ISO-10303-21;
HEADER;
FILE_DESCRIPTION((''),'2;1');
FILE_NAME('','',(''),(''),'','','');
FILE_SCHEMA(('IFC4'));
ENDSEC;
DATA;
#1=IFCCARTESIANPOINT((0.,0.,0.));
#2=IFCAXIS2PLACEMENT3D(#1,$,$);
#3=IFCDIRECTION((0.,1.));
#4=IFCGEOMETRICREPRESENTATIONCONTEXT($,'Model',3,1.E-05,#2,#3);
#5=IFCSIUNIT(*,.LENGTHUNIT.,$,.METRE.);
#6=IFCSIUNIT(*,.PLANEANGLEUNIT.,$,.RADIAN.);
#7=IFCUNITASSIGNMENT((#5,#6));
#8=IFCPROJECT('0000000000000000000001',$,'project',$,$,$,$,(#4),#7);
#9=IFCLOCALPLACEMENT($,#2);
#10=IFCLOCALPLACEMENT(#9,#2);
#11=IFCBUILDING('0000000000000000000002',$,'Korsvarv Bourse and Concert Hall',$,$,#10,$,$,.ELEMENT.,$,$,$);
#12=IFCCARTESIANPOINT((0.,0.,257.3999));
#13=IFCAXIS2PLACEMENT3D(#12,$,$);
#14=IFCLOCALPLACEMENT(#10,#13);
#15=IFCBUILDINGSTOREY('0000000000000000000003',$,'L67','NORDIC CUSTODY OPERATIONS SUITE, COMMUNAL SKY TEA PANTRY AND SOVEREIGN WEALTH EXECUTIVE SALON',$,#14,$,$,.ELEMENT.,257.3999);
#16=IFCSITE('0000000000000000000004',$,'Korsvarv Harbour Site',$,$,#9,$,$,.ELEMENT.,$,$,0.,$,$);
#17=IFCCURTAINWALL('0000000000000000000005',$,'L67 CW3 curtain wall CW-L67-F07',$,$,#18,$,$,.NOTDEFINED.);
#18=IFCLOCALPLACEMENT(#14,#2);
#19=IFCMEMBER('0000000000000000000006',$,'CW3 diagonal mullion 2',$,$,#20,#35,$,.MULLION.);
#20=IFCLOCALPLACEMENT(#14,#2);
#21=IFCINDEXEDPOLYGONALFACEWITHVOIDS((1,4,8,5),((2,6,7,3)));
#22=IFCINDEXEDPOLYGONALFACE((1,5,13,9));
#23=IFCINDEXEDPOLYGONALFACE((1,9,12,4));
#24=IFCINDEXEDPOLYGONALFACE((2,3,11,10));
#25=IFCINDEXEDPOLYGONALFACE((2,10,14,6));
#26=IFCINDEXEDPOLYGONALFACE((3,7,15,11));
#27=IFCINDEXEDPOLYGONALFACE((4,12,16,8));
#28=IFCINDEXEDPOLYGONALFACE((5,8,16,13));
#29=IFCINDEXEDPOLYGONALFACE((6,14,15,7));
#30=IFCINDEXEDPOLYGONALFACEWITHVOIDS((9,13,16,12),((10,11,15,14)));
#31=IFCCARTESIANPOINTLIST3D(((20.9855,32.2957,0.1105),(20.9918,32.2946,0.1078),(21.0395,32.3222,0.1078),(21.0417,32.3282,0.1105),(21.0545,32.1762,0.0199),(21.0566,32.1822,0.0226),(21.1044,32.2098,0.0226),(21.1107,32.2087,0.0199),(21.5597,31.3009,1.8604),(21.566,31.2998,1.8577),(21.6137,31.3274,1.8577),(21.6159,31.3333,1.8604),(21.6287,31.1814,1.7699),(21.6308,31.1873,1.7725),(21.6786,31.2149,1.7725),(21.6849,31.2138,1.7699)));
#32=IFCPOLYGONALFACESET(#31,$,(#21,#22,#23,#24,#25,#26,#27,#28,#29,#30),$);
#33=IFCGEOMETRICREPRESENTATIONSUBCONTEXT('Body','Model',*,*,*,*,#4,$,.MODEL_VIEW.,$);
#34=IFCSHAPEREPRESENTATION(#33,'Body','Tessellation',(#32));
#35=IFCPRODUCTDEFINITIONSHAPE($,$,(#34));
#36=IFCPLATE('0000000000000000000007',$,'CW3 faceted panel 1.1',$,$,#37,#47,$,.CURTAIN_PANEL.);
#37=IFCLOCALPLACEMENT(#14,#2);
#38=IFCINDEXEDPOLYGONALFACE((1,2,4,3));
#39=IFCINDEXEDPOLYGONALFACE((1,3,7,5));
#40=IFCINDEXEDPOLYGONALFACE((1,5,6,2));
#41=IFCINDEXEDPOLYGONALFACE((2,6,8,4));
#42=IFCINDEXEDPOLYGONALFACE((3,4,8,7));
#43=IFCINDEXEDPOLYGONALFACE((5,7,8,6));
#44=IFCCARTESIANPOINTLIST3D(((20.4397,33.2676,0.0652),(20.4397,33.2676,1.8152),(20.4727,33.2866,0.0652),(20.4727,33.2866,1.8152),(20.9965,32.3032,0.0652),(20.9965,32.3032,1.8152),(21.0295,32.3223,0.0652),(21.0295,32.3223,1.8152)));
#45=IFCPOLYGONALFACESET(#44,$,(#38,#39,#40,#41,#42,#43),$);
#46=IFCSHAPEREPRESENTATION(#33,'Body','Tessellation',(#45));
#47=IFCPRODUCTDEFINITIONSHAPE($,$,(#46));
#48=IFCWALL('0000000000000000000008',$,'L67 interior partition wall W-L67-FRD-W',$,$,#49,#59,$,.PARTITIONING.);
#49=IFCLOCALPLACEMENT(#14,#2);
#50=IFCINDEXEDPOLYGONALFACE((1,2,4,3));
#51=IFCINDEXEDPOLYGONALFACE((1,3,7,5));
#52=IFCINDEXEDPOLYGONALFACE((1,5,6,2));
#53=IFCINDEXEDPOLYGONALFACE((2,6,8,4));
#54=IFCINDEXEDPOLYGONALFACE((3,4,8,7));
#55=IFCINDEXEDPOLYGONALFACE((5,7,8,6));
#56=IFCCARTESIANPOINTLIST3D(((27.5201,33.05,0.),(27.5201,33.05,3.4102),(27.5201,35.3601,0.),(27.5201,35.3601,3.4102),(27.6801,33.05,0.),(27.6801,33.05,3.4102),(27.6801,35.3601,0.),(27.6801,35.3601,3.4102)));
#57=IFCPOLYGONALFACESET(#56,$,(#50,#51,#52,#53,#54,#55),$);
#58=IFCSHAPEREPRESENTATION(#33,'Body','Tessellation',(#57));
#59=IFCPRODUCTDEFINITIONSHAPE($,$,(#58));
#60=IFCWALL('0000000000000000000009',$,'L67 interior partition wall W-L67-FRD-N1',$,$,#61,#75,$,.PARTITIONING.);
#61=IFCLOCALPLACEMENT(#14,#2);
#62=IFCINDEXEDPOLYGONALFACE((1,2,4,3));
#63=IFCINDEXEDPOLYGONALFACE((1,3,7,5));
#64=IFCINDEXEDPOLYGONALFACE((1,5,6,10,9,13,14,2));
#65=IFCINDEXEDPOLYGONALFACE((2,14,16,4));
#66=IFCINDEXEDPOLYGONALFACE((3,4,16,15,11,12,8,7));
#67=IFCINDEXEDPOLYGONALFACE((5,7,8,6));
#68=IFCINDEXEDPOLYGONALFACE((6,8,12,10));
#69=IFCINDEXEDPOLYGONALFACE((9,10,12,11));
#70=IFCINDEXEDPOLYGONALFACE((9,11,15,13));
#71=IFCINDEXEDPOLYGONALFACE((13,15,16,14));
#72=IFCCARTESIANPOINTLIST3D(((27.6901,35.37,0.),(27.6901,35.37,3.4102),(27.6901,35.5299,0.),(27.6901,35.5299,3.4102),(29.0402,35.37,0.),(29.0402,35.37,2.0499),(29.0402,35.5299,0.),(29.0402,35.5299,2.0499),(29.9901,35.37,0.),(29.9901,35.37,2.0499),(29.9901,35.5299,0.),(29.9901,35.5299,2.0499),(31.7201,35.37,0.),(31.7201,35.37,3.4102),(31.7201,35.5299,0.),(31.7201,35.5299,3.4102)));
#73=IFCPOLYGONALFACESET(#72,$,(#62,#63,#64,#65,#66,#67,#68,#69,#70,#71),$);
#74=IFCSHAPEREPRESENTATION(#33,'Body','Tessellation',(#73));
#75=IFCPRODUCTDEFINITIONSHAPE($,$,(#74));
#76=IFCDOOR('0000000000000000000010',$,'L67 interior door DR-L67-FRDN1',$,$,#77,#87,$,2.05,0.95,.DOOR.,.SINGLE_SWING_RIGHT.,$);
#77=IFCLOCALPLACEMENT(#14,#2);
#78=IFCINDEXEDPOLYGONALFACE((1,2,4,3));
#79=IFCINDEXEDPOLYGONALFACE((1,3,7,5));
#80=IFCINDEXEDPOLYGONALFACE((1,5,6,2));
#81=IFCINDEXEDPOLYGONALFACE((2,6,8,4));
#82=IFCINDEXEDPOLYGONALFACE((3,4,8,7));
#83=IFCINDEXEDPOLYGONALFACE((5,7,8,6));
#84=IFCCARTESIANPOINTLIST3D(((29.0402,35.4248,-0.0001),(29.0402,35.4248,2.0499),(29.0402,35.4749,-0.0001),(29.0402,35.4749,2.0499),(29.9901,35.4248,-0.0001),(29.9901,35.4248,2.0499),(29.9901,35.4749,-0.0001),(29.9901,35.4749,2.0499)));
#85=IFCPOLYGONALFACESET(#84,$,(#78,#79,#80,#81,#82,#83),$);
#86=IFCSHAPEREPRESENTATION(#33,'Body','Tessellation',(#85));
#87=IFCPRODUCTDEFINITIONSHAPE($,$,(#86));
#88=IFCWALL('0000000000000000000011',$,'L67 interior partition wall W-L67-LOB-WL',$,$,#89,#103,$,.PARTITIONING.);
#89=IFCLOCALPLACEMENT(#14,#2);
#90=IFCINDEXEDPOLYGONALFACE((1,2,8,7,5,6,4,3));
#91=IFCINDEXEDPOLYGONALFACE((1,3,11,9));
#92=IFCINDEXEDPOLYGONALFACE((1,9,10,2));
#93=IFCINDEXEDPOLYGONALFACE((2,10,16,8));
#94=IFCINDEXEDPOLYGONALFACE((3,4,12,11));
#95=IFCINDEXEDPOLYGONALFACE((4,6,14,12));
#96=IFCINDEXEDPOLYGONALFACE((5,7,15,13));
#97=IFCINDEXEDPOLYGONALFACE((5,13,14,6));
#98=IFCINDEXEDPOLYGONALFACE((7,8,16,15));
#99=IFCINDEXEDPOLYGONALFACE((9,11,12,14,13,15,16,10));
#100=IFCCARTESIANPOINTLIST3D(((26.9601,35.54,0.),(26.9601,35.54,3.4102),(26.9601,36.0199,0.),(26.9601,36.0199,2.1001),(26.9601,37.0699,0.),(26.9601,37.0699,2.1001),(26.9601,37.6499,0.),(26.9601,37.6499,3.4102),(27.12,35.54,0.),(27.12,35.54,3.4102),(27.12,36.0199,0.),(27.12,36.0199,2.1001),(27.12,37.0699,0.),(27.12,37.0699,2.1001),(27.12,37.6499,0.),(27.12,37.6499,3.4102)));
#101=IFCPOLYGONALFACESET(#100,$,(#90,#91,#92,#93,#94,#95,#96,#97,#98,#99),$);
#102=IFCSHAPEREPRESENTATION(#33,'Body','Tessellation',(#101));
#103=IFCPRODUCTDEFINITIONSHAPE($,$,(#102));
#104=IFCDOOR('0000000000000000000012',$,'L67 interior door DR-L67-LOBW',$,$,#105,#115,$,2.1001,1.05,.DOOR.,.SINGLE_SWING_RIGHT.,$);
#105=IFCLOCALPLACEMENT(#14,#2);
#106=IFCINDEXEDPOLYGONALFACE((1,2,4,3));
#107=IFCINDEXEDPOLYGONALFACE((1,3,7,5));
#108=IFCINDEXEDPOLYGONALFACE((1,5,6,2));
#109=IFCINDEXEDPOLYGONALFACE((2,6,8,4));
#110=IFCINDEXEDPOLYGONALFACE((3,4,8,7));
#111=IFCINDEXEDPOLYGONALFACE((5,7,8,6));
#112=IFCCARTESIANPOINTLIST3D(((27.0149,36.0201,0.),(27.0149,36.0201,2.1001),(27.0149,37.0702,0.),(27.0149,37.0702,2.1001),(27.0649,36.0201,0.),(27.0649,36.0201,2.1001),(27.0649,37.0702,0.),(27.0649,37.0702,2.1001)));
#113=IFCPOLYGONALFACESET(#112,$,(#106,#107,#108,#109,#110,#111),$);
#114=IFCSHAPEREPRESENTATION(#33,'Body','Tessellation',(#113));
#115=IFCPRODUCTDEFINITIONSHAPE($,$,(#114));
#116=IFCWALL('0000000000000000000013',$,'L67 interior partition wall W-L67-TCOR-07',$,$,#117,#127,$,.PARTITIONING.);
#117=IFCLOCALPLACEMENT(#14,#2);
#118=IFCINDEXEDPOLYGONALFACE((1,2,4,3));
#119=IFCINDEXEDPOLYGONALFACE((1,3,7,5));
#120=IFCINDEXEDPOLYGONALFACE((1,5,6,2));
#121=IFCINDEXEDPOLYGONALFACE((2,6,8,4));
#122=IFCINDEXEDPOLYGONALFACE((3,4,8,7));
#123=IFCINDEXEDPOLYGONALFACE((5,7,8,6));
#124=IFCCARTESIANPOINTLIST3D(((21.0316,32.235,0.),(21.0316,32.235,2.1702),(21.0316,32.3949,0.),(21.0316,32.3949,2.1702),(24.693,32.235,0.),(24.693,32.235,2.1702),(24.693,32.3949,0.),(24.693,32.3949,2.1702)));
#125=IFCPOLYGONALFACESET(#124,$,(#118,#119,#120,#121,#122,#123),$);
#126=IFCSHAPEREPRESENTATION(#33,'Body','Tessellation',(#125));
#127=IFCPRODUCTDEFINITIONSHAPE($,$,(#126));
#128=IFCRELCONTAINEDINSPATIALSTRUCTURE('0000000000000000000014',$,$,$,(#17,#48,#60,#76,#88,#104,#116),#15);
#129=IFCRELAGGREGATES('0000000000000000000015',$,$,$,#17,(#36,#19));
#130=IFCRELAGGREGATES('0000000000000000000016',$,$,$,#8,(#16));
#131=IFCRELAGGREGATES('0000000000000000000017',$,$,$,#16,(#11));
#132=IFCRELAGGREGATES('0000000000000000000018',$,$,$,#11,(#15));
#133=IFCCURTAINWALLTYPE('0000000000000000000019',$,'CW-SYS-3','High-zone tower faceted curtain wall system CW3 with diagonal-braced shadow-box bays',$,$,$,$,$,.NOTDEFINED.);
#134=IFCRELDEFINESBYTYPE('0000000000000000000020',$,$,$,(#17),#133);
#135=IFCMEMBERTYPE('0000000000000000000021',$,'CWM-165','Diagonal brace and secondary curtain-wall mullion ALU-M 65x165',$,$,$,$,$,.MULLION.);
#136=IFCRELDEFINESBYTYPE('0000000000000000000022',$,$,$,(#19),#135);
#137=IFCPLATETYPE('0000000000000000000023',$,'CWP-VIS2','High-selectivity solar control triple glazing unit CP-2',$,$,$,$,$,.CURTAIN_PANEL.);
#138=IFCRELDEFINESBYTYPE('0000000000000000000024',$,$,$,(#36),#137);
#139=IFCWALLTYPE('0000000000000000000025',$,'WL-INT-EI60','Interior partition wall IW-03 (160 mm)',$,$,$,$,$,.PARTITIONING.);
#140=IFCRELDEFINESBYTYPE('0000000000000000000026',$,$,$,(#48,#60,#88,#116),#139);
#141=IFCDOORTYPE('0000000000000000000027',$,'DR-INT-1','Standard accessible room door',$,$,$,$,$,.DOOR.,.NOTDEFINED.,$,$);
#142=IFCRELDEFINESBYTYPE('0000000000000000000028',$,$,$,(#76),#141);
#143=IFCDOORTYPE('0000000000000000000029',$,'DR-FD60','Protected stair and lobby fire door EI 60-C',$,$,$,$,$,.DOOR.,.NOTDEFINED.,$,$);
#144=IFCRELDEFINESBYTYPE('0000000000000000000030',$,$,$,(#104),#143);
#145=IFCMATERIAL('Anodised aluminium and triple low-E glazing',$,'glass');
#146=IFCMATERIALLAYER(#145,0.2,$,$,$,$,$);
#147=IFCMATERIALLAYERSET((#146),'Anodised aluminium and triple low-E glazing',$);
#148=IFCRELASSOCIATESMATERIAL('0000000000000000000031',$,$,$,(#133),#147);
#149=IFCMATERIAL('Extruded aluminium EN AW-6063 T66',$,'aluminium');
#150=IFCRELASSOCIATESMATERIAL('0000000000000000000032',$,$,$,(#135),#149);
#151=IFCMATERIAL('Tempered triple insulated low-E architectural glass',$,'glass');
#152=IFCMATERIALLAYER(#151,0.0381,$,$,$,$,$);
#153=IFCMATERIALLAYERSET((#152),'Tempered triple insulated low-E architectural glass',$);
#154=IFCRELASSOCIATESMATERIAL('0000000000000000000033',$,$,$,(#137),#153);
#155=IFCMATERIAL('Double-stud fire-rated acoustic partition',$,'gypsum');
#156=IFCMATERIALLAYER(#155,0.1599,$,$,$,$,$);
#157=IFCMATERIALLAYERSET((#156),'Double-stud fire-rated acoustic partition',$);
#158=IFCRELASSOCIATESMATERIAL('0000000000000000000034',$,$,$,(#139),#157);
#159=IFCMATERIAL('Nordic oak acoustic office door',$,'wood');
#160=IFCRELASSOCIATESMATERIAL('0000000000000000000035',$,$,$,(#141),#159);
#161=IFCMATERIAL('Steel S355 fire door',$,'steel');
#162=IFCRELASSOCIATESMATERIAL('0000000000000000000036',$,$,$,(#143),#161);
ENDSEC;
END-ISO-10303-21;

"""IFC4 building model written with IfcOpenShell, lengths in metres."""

from ifc_helpers import new_model, si_unit, direction, frame, frame_2d, origin, origin_2d, place, context, subcontext, project, spatial, rectangle, hollow_rectangle, extrude, source, transform, mapped, material, layer, layer_set, material_profile, profile_set, type_object, element, fill, aggregate, save


model = new_model("IFC4")

# Units and contexts
model_context = context("Model", 3, precision=1e-05, world=origin(), true_north=direction((0.0, 1.0)))
body_context = subcontext(model_context, "Body", "Model", "MODEL_VIEW")
ifc_project = project(units=[si_unit("LENGTHUNIT", "METRE"), si_unit("PLANEANGLEUNIT", "RADIAN")], contexts=[model_context])

# Site, building, storey
site_placement = place(None, origin())
site = spatial("IfcSite", under=ifc_project, at=site_placement, Name="Korsvarv Harbour Site", CompositionType="ELEMENT", RefElevation=0.0)
building_placement = place(site_placement, origin())
building = spatial("IfcBuilding", under=site, at=building_placement, Name="Korsvarv Bourse and Concert Hall", CompositionType="ELEMENT")
storey_placement = place(building_placement, frame((0.0, 0.0, 257.3999)))
storey = spatial("IfcBuildingStorey", under=building, at=storey_placement, Name="L67", Description="NORDIC CUSTODY OPERATIONS SUITE, COMMUNAL SKY TEA PANTRY AND SOVEREIGN WEALTH EXECUTIVE SALON", CompositionType="ELEMENT", Elevation=257.3999)

# Curtain wall, member, plate
ifc_material_1 = material(Name="Anodised aluminium and triple low-E glazing", Category="glass")
ifc_layer_1 = layer(ifc_material_1, 0.2)
ifc_layer_set_1 = layer_set([ifc_layer_1], Name="Anodised aluminium and triple low-E glazing")
curtain_wall_type = type_object("IfcCurtainWallType", Name="CW-SYS-3", Description="High-zone tower faceted curtain wall system CW3 with diagonal-braced shadow-box bays", PredefinedType="NOTDEFINED", material=ifc_layer_set_1)
curtain_wall_placement = place(storey_placement, origin())
curtain_wall = element("IfcCurtainWall", 1, at=curtain_wall_placement, inside=storey, type_object=curtain_wall_type, Name="L67 CW3 curtain wall CW-L67-F07", PredefinedType="NOTDEFINED")
ifc_material_2 = material(Name="Extruded aluminium EN AW-6063 T66", Category="aluminium")
ifc_material_profile_1 = material_profile(ifc_material_2, hollow_rectangle(XDim=0.0649, YDim=0.165, WallThickness=0.0049, at=origin_2d()), Name="ALU-M 65x165")
ifc_profile_set_1 = profile_set([ifc_material_profile_1], Name="Extruded aluminium EN AW-6063 T66")
member_type_1 = type_object("IfcMemberType", Name="CWM-165", Description="Diagonal brace and secondary curtain-wall mullion ALU-M 65x165", PredefinedType="MULLION", material=ifc_profile_set_1)
shared_shape_1 = source(origin(), body_context, "Body", "SweptSolid", [
    extrude(hollow_rectangle(XDim=0.0649, YDim=0.165, WallThickness=0.0049, at=origin_2d()), origin(), (0.0, 0.0, 1.0), 2.0933),
])
member_1_placement = place(storey_placement, frame((21.0481, 32.2522, 0.0652), z_axis=(0.27431, -0.47526, 0.835992), x_axis=(0.86609, 0.499888, 0.0)))
member_1 = element("IfcMember", 2, at=member_1_placement, type_object=member_type_1, Name="CW3 diagonal mullion 2", PredefinedType="MULLION", context=body_context, shape_type="MappedRepresentation", body=[
    mapped(shared_shape_1, transform((0.0, 0.0, 0.0), scale=1.0)),
])
ifc_material_3 = material(Name="Tempered triple insulated low-E architectural glass", Category="glass")
ifc_layer_2 = layer(ifc_material_3, 0.0381)
ifc_layer_set_2 = layer_set([ifc_layer_2], Name="Tempered triple insulated low-E architectural glass")
plate_type = type_object("IfcPlateType", Name="CWP-VIS2", Description="High-selectivity solar control triple glazing unit CP-2", PredefinedType="CURTAIN_PANEL", material=ifc_layer_set_2)
shared_shape_2 = source(origin(), body_context, "Body", "SweptSolid", [
    extrude(rectangle(XDim=1.1135, YDim=0.0381, at=origin_2d()), origin(), (0.0, 0.0, 1.0), 1.75),
])
plate_placement = place(storey_placement, frame((20.7346, 32.7949, 0.0652), z_axis=(0.0, 0.0, 1.0), x_axis=(0.500004, -0.866023, 0.0)))
plate = element("IfcPlate", 3, at=plate_placement, type_object=plate_type, Name="CW3 faceted panel 1.1", PredefinedType="CURTAIN_PANEL", context=body_context, shape_type="MappedRepresentation", body=[
    mapped(shared_shape_2, transform((0.0, 0.0, 0.0), scale=1.0)),
])
aggregate(curtain_wall, [plate, member_1])

# Wall
ifc_material_4 = material(Name="Double-stud fire-rated acoustic partition", Category="gypsum")
ifc_layer_3 = layer(ifc_material_4, 0.1599)
ifc_layer_set_3 = layer_set([ifc_layer_3], Name="Double-stud fire-rated acoustic partition")
wall_type = type_object("IfcWallType", Name="WL-INT-EI60", Description="Interior partition wall IW-03 (160 mm)", PredefinedType="PARTITIONING", material=ifc_layer_set_3)
wall_1_placement = place(storey_placement, frame((27.6001, 33.05, 0.0), z_axis=(0.0, 0.0, 1.0), x_axis=(0.0, 1.0, 0.0)))
element("IfcWall", 4, at=wall_1_placement, inside=storey, type_object=wall_type, Name="L67 interior partition wall W-L67-FRD-W", PredefinedType="PARTITIONING", context=body_context, shape_type="SweptSolid", body=[
    extrude(rectangle(XDim=2.3101, YDim=0.1599, at=frame_2d((1.155, 0.0))), origin(), (0.0, 0.0, 1.0), 3.4102),
])

# Walls, openings, doors
wall_2_placement = place(storey_placement, frame((27.6899, 35.45, 0.0), z_axis=(0.0, 0.0, 1.0), x_axis=(1.0, 0.0, 0.0)))
wall_2 = element("IfcWall", 5, at=wall_2_placement, inside=storey, type_object=wall_type, Name="L67 interior partition wall W-L67-FRD-N1", PredefinedType="PARTITIONING", context=body_context, shape_type="SweptSolid", body=[
    extrude(rectangle(XDim=4.03, YDim=0.1599, at=frame_2d((2.0151, 0.0))), origin(), (0.0, 0.0, 1.0), 3.4102),
])
opening_1_placement = place(wall_2_placement, frame((1.3501, 0.0, 0.0)))
opening_1 = element("IfcOpeningElement", 6, at=opening_1_placement, cuts=wall_2, PredefinedType="OPENING", context=body_context, shape_type="SweptSolid", body=[
    extrude(rectangle(XDim=0.95, YDim=2.05, at=frame_2d((0.4751, 1.0249))), frame((0.0, 0.0898, 0.0), z_axis=(0.0, -1.0, 0.0), x_axis=(1.0, 0.0, 0.0)), (0.0, 0.0, 1.0), 0.1799),
])
ifc_material_5 = material(Name="Nordic oak acoustic office door", Category="wood")
door_type_1 = type_object("IfcDoorType", Name="DR-INT-1", Description="Standard accessible room door", OperationType="NOTDEFINED", PredefinedType="DOOR", material=ifc_material_5)
door_1_placement = place(opening_1_placement, origin())
door_1 = element("IfcDoor", 7, at=door_1_placement, inside=storey, type_object=door_type_1, Name="L67 interior door DR-L67-FRDN1", OperationType="SINGLE_SWING_RIGHT", OverallHeight=2.05, OverallWidth=0.95, PredefinedType="DOOR", context=body_context, shape_type="SweptSolid", body=[
    extrude(rectangle(XDim=0.95, YDim=2.05, at=frame_2d((0.4751, 1.0249))), frame((0.0, 0.0249, 0.0), z_axis=(0.0, -1.0, 0.0), x_axis=(1.0, 0.0, 0.0)), (0.0, 0.0, 1.0), 0.05),
])
fill(opening_1, door_1)
wall_3_placement = place(storey_placement, frame((27.04, 35.54, 0.0), z_axis=(0.0, 0.0, 1.0), x_axis=(0.0, 1.0, 0.0)))
wall_3 = element("IfcWall", 8, at=wall_3_placement, inside=storey, type_object=wall_type, Name="L67 interior partition wall W-L67-LOB-WL", PredefinedType="PARTITIONING", context=body_context, shape_type="SweptSolid", body=[
    extrude(rectangle(XDim=2.1099, YDim=0.1599, at=frame_2d((1.0549, 0.0))), origin(), (0.0, 0.0, 1.0), 3.4102),
])
opening_2_placement = place(wall_3_placement, frame((0.48, 0.0, 0.0)))
opening_2 = element("IfcOpeningElement", 9, at=opening_2_placement, cuts=wall_3, PredefinedType="OPENING", context=body_context, shape_type="SweptSolid", body=[
    extrude(rectangle(XDim=1.05, YDim=2.1001, at=frame_2d((0.5249, 1.05))), frame((0.0, 0.0898, 0.0), z_axis=(0.0, -1.0, 0.0), x_axis=(1.0, 0.0, 0.0)), (0.0, 0.0, 1.0), 0.1799),
])
ifc_material_6 = material(Name="Steel S355 fire door", Category="steel")
door_type_2 = type_object("IfcDoorType", Name="DR-FD60", Description="Protected stair and lobby fire door EI 60-C", OperationType="NOTDEFINED", PredefinedType="DOOR", material=ifc_material_6)
door_2_placement = place(opening_2_placement, frame((1.05, 0.0, 0.0), z_axis=(0.0, 0.0, 1.0), x_axis=(-1.0, 0.0, 0.0)))
door_2 = element("IfcDoor", 10, at=door_2_placement, inside=storey, type_object=door_type_2, Name="L67 interior door DR-L67-LOBW", OperationType="SINGLE_SWING_RIGHT", OverallHeight=2.1001, OverallWidth=1.05, PredefinedType="DOOR", context=body_context, shape_type="SweptSolid", body=[
    extrude(rectangle(XDim=1.05, YDim=2.1001, at=frame_2d((0.5249, 1.05))), frame((0.0, 0.0249, 0.0), z_axis=(0.0, -1.0, 0.0), x_axis=(1.0, 0.0, 0.0)), (0.0, 0.0, 1.0), 0.05),
])
fill(opening_2, door_2)

# Wall
wall_4_placement = place(storey_placement, frame((21.0317, 32.3149, 0.0), z_axis=(0.0, 0.0, 1.0), x_axis=(1.0, 0.0, 0.0)))
element("IfcWall", 11, at=wall_4_placement, inside=storey, type_object=wall_type, Name="L67 interior partition wall W-L67-TCOR-07", PredefinedType="PARTITIONING", context=body_context, shape_type="SweptSolid", body=[
    extrude(rectangle(XDim=3.6614, YDim=0.1599, at=frame_2d((1.8306, 0.0))), origin(), (0.0, 0.0, 1.0), 2.1702),
])

save(model, "model.ifc")
